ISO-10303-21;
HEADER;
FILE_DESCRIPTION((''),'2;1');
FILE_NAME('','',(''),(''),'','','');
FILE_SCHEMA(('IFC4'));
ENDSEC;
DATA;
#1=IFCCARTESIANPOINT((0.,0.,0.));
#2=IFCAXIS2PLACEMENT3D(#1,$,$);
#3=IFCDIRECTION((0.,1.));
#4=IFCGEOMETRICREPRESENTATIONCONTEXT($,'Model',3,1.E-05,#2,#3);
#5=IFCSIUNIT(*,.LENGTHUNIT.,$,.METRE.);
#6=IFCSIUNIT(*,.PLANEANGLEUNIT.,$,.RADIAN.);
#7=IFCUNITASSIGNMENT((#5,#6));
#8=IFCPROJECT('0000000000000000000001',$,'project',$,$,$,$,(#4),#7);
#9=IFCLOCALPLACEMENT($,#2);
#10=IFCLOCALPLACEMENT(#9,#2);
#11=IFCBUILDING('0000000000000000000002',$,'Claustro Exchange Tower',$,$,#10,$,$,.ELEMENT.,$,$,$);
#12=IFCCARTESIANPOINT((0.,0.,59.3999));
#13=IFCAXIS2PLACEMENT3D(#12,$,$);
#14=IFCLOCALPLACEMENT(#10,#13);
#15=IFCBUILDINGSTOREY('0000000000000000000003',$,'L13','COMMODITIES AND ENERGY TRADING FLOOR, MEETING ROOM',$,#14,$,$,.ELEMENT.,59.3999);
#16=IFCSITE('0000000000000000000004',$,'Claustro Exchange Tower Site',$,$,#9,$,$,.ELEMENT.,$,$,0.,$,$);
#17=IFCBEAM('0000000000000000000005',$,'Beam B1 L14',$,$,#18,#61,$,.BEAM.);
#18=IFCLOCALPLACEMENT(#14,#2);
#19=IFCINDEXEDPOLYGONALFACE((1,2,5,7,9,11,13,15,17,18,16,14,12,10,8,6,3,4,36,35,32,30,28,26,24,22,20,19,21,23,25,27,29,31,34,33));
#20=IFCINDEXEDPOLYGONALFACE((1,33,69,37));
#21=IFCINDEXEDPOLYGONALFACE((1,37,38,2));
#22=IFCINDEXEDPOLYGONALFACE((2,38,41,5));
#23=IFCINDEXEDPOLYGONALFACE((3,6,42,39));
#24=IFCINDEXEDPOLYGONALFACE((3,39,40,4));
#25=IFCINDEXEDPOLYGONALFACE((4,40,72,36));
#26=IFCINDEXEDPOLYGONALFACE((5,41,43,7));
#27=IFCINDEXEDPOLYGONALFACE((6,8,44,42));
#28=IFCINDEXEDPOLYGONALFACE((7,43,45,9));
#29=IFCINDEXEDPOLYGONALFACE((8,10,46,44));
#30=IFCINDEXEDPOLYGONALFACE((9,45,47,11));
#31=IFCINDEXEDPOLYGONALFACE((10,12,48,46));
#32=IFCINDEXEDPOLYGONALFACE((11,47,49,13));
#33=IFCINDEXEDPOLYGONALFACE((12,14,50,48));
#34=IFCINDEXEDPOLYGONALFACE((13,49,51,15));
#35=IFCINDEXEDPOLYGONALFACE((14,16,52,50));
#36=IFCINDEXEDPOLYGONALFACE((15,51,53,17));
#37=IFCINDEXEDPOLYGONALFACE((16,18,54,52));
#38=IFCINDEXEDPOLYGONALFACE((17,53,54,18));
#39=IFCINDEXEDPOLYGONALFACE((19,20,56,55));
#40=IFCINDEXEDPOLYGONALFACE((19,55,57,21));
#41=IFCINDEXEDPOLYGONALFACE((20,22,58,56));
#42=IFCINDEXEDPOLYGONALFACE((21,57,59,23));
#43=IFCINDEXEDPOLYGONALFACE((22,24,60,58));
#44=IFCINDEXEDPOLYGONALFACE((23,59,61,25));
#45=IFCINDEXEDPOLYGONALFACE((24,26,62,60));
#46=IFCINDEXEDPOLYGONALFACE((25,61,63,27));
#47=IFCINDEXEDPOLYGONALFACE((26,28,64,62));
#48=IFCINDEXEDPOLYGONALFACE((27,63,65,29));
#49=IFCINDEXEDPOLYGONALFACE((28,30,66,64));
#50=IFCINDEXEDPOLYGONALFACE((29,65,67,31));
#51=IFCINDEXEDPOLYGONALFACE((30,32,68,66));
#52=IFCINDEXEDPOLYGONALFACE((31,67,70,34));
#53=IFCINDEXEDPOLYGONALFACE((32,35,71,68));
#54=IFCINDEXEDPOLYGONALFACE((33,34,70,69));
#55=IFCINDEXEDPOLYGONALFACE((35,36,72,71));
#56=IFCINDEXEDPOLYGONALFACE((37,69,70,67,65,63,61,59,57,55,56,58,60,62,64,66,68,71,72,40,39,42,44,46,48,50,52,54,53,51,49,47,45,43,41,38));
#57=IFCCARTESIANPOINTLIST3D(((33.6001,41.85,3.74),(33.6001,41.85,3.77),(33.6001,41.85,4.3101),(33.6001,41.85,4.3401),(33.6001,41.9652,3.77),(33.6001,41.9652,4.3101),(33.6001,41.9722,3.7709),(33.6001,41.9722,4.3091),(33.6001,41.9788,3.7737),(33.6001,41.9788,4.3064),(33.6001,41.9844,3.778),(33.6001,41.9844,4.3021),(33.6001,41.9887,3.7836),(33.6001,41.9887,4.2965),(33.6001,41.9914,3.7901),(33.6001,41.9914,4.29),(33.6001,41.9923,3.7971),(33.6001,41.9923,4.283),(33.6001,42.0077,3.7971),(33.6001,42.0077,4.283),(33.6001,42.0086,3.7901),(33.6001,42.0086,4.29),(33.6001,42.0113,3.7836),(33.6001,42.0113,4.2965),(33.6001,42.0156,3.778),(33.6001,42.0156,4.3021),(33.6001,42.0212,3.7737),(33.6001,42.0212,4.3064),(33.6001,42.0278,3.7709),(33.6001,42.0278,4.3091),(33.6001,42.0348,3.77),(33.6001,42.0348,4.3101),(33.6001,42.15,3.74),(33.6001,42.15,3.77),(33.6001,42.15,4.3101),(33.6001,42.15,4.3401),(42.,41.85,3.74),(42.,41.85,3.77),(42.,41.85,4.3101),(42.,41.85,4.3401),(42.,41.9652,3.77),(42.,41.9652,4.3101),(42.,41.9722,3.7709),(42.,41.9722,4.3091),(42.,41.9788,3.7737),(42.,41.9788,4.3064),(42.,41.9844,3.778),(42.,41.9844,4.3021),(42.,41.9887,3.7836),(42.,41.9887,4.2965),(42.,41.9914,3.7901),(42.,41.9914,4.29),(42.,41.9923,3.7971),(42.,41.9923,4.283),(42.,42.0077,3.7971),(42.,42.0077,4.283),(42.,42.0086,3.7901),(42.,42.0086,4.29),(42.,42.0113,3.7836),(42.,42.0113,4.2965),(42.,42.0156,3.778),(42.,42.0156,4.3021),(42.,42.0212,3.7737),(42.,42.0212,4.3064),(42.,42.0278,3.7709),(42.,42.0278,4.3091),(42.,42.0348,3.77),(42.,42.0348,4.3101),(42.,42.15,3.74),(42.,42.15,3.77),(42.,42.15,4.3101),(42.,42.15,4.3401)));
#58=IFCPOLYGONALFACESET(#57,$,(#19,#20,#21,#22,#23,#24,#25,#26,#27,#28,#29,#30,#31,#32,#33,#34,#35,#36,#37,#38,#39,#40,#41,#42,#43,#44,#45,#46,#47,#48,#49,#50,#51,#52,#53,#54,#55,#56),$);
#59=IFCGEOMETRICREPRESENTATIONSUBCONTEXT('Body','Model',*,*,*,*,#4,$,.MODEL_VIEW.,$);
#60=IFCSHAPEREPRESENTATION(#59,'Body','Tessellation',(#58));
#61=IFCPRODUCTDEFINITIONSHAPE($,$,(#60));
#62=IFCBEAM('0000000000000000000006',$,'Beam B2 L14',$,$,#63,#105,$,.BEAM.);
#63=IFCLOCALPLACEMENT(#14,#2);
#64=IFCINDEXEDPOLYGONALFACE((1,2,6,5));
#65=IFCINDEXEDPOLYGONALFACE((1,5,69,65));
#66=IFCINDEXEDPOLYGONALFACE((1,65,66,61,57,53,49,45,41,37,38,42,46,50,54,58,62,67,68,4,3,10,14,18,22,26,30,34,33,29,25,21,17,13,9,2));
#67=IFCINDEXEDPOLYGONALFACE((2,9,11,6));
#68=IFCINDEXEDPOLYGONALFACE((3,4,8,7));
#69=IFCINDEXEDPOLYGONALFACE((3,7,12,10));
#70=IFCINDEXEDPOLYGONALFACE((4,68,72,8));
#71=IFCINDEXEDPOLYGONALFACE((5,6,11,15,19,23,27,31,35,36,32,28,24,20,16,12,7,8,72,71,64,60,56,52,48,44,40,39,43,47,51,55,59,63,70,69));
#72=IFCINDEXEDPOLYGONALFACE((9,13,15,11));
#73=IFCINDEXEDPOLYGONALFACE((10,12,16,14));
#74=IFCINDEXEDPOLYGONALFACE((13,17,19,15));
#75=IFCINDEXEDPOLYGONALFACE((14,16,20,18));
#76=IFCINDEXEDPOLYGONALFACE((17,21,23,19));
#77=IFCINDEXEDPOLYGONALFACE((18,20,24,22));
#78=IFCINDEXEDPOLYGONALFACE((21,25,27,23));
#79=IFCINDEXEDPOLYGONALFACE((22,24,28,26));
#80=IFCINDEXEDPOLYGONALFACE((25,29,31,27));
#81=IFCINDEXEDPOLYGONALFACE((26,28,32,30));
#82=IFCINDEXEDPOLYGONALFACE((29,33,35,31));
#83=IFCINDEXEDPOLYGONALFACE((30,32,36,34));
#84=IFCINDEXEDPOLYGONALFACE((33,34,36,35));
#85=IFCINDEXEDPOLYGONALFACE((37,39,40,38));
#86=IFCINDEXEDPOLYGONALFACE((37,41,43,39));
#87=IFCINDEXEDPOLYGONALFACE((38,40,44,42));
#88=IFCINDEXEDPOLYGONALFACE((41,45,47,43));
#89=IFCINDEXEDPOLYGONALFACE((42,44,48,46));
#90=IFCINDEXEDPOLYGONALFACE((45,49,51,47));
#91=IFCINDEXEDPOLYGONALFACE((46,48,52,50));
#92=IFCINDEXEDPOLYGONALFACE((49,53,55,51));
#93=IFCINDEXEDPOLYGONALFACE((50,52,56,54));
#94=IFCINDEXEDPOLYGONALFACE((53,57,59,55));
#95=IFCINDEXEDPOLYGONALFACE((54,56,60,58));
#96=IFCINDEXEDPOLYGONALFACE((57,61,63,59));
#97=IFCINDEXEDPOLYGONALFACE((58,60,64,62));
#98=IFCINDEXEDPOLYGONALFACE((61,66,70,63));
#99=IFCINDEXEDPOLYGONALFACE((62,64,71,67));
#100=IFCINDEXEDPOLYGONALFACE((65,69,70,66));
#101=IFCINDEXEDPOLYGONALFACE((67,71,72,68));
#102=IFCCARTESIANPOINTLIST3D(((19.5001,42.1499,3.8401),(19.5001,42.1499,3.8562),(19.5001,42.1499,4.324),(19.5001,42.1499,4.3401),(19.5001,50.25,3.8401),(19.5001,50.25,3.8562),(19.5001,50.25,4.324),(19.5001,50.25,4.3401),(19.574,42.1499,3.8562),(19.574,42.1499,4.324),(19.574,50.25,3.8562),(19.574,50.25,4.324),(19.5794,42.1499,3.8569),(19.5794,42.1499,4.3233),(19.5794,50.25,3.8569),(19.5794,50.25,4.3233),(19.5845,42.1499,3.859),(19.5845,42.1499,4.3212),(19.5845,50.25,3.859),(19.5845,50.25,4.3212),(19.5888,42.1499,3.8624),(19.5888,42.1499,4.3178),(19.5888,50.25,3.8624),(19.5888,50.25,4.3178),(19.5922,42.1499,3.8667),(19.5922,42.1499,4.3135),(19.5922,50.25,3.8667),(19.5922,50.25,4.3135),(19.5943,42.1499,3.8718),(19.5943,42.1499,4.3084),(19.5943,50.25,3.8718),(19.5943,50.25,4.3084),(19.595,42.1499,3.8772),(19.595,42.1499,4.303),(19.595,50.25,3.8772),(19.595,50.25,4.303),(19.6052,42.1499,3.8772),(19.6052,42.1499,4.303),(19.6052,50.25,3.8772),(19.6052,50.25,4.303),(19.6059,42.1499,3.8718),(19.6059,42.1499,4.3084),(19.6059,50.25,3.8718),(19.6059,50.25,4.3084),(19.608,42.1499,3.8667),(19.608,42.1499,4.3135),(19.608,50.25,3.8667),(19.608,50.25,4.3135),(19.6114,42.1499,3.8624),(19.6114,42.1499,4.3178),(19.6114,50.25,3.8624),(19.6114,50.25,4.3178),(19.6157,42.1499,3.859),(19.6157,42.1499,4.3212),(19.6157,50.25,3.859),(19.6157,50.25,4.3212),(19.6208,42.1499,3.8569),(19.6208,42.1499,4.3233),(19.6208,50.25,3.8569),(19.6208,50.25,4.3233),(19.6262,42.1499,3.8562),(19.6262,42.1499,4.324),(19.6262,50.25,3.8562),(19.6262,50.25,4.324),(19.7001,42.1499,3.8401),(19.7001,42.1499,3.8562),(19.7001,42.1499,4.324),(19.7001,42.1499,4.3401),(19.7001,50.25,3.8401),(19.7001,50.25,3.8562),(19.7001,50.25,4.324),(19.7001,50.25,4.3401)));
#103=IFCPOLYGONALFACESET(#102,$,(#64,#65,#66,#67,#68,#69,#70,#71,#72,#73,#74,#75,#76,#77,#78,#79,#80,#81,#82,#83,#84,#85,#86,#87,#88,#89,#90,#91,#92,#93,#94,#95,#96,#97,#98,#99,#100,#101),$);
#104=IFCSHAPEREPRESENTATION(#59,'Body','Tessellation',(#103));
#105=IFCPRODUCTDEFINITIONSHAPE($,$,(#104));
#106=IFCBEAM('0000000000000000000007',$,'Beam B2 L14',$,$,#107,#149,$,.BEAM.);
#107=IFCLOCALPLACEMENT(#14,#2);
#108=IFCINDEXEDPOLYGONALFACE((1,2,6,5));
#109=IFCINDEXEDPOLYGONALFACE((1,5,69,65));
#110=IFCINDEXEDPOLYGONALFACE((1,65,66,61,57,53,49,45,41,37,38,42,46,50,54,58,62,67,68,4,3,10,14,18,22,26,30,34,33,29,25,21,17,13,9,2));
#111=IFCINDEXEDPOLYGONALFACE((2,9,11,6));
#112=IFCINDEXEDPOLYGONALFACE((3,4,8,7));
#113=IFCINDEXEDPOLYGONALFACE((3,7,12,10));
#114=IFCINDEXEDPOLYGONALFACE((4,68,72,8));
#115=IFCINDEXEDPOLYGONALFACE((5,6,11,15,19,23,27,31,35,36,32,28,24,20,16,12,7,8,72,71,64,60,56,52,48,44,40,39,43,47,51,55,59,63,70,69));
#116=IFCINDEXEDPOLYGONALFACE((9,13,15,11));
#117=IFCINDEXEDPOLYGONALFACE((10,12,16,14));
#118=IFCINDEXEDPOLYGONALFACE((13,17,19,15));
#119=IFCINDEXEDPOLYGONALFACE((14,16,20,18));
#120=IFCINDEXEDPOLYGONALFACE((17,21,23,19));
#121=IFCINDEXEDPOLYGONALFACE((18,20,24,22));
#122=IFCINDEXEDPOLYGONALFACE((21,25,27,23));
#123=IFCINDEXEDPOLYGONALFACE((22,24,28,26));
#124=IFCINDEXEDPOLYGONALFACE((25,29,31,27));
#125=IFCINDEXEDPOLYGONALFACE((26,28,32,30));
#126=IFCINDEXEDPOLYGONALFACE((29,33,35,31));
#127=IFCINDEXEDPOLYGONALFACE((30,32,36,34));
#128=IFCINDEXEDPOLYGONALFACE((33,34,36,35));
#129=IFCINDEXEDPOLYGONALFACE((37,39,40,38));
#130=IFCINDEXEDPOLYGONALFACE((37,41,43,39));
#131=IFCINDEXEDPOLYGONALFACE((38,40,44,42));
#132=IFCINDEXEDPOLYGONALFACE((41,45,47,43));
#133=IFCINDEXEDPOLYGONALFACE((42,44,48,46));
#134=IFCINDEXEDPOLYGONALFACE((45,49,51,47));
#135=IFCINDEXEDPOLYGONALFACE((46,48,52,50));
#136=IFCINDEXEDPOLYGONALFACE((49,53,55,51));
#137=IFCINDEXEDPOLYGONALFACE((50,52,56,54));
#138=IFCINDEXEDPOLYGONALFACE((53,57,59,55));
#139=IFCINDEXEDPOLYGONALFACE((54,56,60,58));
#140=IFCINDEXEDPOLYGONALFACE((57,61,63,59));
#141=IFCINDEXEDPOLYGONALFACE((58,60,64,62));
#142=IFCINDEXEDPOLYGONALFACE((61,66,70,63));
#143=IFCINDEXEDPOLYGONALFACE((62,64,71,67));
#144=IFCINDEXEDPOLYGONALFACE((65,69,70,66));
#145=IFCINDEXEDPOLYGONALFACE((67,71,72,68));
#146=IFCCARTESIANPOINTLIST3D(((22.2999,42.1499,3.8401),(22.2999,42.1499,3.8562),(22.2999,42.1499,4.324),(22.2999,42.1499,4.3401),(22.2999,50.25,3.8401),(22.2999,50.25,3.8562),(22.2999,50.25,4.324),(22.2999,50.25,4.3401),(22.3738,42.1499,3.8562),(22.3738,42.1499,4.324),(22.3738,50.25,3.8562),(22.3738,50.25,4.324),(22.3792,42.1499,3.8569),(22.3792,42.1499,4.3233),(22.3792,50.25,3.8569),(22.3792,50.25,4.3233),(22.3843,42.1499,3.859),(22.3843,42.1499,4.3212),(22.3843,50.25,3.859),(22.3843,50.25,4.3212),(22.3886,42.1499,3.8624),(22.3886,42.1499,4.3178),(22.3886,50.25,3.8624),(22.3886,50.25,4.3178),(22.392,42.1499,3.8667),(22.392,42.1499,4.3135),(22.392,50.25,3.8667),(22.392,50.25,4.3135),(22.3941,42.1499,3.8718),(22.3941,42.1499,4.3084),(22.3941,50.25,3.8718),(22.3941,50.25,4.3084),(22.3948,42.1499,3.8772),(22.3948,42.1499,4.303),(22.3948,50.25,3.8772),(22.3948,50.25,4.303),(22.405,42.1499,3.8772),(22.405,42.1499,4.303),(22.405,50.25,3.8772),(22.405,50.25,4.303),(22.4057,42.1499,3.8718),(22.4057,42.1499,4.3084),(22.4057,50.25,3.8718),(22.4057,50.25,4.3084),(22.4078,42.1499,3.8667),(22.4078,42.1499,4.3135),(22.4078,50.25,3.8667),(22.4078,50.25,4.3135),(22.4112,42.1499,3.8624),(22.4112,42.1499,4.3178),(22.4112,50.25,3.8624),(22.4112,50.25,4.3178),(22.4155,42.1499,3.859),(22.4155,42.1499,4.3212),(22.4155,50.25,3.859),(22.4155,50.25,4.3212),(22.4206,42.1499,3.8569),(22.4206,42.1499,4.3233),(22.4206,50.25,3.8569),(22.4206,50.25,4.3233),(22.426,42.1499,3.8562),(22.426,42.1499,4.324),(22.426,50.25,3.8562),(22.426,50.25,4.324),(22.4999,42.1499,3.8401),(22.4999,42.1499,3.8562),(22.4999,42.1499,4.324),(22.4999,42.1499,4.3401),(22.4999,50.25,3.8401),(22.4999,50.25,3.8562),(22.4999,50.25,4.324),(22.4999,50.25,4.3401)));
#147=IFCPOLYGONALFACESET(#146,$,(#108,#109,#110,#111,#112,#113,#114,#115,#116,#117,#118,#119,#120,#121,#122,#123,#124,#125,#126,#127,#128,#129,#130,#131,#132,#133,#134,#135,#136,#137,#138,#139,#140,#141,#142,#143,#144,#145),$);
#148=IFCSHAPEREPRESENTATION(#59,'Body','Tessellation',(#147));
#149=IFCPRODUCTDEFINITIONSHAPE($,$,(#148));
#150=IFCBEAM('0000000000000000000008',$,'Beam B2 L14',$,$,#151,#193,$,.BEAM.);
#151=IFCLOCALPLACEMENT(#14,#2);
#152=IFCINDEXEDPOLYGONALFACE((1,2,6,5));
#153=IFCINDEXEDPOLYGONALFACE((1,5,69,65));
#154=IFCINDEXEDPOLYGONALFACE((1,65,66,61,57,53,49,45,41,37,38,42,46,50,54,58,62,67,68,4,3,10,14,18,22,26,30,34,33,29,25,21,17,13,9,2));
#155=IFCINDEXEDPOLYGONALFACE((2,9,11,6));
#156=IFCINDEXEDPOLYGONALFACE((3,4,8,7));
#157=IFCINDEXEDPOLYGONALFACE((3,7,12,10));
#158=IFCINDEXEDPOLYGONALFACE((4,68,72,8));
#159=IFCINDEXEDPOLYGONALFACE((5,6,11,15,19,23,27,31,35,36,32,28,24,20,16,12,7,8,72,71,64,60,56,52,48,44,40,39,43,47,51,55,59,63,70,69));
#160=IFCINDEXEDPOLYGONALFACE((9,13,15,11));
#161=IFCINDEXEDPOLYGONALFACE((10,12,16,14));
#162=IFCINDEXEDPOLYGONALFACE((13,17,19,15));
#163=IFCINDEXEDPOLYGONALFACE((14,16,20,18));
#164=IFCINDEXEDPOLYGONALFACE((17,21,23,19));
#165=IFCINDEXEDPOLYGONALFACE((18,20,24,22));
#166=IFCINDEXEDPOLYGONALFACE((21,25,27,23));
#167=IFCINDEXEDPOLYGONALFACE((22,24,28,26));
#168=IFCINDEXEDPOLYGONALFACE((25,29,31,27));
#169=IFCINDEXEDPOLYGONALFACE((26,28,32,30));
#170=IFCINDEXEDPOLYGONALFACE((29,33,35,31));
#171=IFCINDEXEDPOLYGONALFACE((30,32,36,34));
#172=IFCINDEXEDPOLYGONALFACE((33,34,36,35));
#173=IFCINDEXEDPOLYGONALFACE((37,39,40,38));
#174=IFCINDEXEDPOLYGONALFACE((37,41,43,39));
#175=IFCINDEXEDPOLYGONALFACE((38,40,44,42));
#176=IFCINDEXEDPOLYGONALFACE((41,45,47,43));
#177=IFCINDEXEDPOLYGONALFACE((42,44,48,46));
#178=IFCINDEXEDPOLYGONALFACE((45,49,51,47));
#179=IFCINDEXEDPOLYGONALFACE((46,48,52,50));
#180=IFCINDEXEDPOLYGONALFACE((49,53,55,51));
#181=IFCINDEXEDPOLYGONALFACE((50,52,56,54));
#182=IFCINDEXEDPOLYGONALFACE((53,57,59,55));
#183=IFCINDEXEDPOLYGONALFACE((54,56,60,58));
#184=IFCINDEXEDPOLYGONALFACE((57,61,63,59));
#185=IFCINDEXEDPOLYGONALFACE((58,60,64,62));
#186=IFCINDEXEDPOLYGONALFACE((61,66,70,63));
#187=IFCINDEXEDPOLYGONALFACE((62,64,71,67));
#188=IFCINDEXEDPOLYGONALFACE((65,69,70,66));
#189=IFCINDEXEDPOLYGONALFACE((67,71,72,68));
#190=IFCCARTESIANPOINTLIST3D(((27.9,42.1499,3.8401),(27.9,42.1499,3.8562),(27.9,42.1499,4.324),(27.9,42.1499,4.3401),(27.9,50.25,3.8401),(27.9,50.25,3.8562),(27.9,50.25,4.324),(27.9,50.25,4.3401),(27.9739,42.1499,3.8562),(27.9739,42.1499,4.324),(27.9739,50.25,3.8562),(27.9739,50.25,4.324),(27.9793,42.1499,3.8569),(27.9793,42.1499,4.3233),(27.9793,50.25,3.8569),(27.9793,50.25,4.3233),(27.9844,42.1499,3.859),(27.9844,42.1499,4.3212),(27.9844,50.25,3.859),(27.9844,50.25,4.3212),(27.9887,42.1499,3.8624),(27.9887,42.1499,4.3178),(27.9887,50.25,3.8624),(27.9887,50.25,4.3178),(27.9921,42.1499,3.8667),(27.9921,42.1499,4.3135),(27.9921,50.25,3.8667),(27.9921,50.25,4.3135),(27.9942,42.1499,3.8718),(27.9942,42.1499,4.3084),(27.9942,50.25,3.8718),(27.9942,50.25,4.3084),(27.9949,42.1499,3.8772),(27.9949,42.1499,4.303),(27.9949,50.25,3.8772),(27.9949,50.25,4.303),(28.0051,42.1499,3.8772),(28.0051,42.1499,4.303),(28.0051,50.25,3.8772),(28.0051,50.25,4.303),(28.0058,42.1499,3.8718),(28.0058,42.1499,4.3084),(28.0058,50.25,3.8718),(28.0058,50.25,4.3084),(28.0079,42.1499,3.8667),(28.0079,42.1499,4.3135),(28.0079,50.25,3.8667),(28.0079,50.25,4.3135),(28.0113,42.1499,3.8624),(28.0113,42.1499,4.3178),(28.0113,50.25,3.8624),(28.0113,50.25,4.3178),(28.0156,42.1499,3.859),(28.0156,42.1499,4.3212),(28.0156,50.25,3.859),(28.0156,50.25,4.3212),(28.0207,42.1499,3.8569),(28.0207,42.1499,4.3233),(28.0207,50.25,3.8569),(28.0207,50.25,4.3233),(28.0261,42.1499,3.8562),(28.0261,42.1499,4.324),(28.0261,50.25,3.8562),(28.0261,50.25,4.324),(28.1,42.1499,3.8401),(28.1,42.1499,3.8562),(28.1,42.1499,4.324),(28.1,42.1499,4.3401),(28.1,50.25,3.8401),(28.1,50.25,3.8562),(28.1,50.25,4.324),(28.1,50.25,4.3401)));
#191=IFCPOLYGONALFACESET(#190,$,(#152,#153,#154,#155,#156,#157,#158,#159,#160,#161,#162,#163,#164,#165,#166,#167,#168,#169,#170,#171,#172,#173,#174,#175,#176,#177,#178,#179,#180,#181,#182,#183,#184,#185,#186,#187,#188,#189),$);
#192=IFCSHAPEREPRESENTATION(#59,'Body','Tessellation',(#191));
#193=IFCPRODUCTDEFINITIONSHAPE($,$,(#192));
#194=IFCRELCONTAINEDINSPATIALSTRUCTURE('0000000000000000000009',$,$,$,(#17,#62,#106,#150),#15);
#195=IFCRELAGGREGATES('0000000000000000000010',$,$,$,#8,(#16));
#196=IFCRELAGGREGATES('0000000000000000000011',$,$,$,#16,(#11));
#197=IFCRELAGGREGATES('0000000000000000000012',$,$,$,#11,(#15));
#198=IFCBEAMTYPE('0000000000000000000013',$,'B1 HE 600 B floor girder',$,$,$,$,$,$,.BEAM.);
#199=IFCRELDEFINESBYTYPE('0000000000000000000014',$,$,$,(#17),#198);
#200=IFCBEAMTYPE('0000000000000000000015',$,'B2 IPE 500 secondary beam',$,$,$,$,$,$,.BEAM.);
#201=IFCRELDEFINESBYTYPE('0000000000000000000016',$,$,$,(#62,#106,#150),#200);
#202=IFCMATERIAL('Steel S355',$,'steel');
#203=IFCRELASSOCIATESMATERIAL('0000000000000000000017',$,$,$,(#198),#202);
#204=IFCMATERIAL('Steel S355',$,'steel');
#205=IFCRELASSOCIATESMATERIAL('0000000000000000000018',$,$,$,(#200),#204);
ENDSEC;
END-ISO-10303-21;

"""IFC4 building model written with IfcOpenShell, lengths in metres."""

from ifc_helpers import new_model, si_unit, direction, frame, origin, origin_2d, place, context, subcontext, project, spatial, i_section, extrude, material, material_profile, profile_set, type_object, element, save


model = new_model("IFC4")

# Units and contexts
model_context = context("Model", 3, precision=1e-05, world=origin(), true_north=direction((0.0, 1.0)))
body_context = subcontext(model_context, "Body", "Model", "MODEL_VIEW")
ifc_project = project(units=[si_unit("LENGTHUNIT", "METRE"), si_unit("PLANEANGLEUNIT", "RADIAN")], contexts=[model_context])

# Site, building, storey
site_placement = place(None, origin())
site = spatial("IfcSite", under=ifc_project, at=site_placement, Name="Claustro Exchange Tower Site", CompositionType="ELEMENT", RefElevation=0.0)
building_placement = place(site_placement, origin())
building = spatial("IfcBuilding", under=site, at=building_placement, Name="Claustro Exchange Tower", CompositionType="ELEMENT")
storey_placement = place(building_placement, frame((0.0, 0.0, 59.3999)))
storey = spatial("IfcBuildingStorey", under=building, at=storey_placement, Name="L13", Description="COMMODITIES AND ENERGY TRADING FLOOR, MEETING ROOM", CompositionType="ELEMENT", Elevation=59.3999)

# Beams
ifc_material_1 = material(Name="Steel S355", Category="steel")
ifc_material_profile_1 = material_profile(ifc_material_1, i_section(OverallWidth=0.3, OverallDepth=0.6001, WebThickness=0.0154, FlangeThickness=0.03, FilletRadius=0.0271, at=origin_2d()), Name="HE 600 B")
ifc_profile_set_1 = profile_set([ifc_material_profile_1], Name="Steel S355")
beam_type_1 = type_object("IfcBeamType", Name="B1 HE 600 B floor girder", PredefinedType="BEAM", material=ifc_profile_set_1)
beam_1_placement = place(storey_placement, frame((33.6001, 42.0, 4.04), z_axis=(1.0, 0.0, 0.0), x_axis=(0.0, 1.0, 0.0)))
element("IfcBeam", 1, at=beam_1_placement, inside=storey, type_object=beam_type_1, Name="Beam B1 L14", PredefinedType="BEAM", context=body_context, shape_type="SweptSolid", body=[
    extrude(i_section(OverallWidth=0.3, OverallDepth=0.6001, WebThickness=0.0154, FlangeThickness=0.03, FilletRadius=0.0271, at=origin_2d()), origin(), (0.0, 0.0, 1.0), 8.3999),
])
ifc_material_2 = material(Name="Steel S355", Category="steel")
ifc_material_profile_2 = material_profile(ifc_material_2, i_section(OverallWidth=0.2, OverallDepth=0.5, WebThickness=0.0103, FlangeThickness=0.0161, FilletRadius=0.021, at=origin_2d()), Name="IPE 500")
ifc_profile_set_2 = profile_set([ifc_material_profile_2], Name="Steel S355")
beam_type_2 = type_object("IfcBeamType", Name="B2 IPE 500 secondary beam", PredefinedType="BEAM", material=ifc_profile_set_2)
for number, where, z_axis, x_axis, name in (
    (2, (19.6001, 42.1499, 4.0901), (0.0, 1.0, 0.0), (-1.0, 0.0, 0.0), "Beam B2 L14"),
    (3, (22.3999, 42.1499, 4.0901), (0.0, 1.0, 0.0), (-1.0, 0.0, 0.0), "Beam B2 L14"),
    (4, (28.0, 42.1499, 4.0901), (0.0, 1.0, 0.0), (-1.0, 0.0, 0.0), "Beam B2 L14"),
):
    element("IfcBeam", number, at=place(storey_placement, frame(where, z_axis=z_axis, x_axis=x_axis)), inside=storey, type_object=beam_type_2, Name=name, PredefinedType="BEAM", context=body_context, shape_type="SweptSolid", body=[
        extrude(i_section(OverallWidth=0.2, OverallDepth=0.5, WebThickness=0.0103, FlangeThickness=0.0161, FilletRadius=0.021, at=origin_2d()), origin(), (0.0, 0.0, 1.0), 8.1001),
    ])

save(model, "model.ifc")
